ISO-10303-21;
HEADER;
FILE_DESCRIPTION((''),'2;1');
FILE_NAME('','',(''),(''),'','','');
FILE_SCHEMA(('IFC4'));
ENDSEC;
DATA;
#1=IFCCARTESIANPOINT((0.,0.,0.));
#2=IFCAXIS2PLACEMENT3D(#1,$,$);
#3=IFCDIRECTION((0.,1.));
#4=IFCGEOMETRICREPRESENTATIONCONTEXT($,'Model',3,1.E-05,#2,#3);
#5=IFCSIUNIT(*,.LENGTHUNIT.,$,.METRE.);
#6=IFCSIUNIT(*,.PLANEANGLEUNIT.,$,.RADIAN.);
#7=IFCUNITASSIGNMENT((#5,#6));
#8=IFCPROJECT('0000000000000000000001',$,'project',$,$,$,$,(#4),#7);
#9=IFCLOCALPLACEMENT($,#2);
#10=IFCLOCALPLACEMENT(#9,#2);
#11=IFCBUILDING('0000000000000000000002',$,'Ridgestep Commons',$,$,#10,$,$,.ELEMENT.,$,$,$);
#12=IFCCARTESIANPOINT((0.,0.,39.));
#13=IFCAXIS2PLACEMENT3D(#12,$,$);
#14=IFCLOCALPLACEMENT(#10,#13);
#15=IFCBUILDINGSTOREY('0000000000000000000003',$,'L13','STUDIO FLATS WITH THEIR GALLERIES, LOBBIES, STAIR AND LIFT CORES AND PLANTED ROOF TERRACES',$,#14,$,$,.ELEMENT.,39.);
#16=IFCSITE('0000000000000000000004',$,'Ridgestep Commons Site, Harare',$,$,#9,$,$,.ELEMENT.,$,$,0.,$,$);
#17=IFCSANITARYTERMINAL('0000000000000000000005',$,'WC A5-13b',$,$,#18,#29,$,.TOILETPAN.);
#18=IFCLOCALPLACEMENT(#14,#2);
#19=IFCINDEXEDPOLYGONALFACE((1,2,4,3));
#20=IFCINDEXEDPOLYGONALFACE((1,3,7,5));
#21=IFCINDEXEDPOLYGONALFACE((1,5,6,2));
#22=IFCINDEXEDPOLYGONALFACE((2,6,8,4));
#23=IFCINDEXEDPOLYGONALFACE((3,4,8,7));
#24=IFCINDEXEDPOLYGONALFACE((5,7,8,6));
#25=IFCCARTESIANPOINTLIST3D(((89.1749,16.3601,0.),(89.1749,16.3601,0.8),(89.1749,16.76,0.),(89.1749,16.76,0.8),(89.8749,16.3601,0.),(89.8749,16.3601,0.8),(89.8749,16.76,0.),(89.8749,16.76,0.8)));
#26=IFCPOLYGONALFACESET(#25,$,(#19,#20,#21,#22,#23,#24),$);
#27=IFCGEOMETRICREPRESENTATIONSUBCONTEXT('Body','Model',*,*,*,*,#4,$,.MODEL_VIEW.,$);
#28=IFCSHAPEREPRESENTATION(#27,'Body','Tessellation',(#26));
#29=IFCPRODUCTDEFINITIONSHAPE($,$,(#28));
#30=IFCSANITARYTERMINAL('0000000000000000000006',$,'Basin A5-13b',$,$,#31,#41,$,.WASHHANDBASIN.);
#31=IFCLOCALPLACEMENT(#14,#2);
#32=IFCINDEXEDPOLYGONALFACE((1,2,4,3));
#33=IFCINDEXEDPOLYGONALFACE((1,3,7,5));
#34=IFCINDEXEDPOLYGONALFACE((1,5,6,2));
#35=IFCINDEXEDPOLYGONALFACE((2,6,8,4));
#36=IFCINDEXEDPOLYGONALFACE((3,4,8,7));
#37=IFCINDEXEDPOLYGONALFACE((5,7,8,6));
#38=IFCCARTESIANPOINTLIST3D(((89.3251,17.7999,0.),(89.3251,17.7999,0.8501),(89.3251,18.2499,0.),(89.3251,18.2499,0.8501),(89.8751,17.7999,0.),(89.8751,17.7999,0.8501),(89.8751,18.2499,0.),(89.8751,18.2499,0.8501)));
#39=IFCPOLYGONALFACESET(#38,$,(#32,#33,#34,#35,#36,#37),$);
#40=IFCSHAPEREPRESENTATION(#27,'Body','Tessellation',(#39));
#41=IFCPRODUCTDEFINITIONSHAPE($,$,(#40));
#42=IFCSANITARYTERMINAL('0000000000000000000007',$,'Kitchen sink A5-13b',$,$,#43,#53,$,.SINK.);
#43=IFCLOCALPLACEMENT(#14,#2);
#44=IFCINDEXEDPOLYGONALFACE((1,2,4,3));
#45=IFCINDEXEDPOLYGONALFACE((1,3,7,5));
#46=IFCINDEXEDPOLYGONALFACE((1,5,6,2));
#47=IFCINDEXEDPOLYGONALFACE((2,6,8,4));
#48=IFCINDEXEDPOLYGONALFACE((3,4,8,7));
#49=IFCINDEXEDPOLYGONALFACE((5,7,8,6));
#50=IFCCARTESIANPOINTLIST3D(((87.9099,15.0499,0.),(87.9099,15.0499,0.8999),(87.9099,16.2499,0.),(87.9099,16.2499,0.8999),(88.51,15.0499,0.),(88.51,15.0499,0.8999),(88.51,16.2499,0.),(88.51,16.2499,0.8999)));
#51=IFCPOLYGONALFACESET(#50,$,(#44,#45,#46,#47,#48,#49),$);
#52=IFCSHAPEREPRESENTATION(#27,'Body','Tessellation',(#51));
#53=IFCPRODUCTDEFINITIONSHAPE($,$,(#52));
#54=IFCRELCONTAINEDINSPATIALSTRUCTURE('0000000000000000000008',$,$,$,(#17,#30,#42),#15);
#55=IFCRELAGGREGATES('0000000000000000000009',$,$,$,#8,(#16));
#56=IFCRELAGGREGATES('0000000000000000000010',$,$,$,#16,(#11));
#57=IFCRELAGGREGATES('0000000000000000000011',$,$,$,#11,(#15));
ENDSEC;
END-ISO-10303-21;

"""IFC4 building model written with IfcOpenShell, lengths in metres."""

from ifc_helpers import new_model, si_unit, direction, frame, origin, origin_2d, place, context, subcontext, project, spatial, rectangle, extrude, element, save


model = new_model("IFC4")

# Units and contexts
model_context = context("Model", 3, precision=1e-05, world=origin(), true_north=direction((0.0, 1.0)))
body_context = subcontext(model_context, "Body", "Model", "MODEL_VIEW")
ifc_project = project(units=[si_unit("LENGTHUNIT", "METRE"), si_unit("PLANEANGLEUNIT", "RADIAN")], contexts=[model_context])

# Site, building, storey
site_placement = place(None, origin())
site = spatial("IfcSite", under=ifc_project, at=site_placement, Name="Ridgestep Commons Site, Harare", CompositionType="ELEMENT", RefElevation=0.0)
building_placement = place(site_placement, origin())
building = spatial("IfcBuilding", under=site, at=building_placement, Name="Ridgestep Commons", CompositionType="ELEMENT")
storey_placement = place(building_placement, frame((0.0, 0.0, 39.0)))
storey = spatial("IfcBuildingStorey", under=building, at=storey_placement, Name="L13", Description="STUDIO FLATS WITH THEIR GALLERIES, LOBBIES, STAIR AND LIFT CORES AND PLANTED ROOF TERRACES", CompositionType="ELEMENT", Elevation=39.0)

# Sanitary terminals
sanitary_terminal_1_placement = place(storey_placement, frame((89.5249, 16.5601, 0.0), z_axis=(0.0, 0.0, 1.0), x_axis=(1.0, 0.0, 0.0)))
element("IfcSanitaryTerminal", 1, at=sanitary_terminal_1_placement, inside=storey, Name="WC A5-13b", PredefinedType="TOILETPAN", context=body_context, shape_type="SweptSolid", body=[
    extrude(rectangle(XDim=0.7, YDim=0.3999, at=origin_2d()), origin(), (0.0, 0.0, 1.0), 0.8),
])
sanitary_terminal_2_placement = place(storey_placement, frame((89.6001, 18.0249, 0.0), z_axis=(0.0, 0.0, 1.0), x_axis=(1.0, 0.0, 0.0)))
element("IfcSanitaryTerminal", 2, at=sanitary_terminal_2_placement, inside=storey, Name="Basin A5-13b", PredefinedType="WASHHANDBASIN", context=body_context, shape_type="SweptSolid", body=[
    extrude(rectangle(XDim=0.55, YDim=0.45, at=origin_2d()), origin(), (0.0, 0.0, 1.0), 0.8501),
])
sanitary_terminal_3_placement = place(storey_placement, frame((88.21, 15.6499, 0.0), z_axis=(0.0, 0.0, 1.0), x_axis=(1.0, 0.0, 0.0)))
element("IfcSanitaryTerminal", 3, at=sanitary_terminal_3_placement, inside=storey, Name="Kitchen sink A5-13b", PredefinedType="SINK", context=body_context, shape_type="SweptSolid", body=[
    extrude(rectangle(XDim=0.6001, YDim=1.2, at=origin_2d()), origin(), (0.0, 0.0, 1.0), 0.8999),
])

save(model, "model.ifc")
